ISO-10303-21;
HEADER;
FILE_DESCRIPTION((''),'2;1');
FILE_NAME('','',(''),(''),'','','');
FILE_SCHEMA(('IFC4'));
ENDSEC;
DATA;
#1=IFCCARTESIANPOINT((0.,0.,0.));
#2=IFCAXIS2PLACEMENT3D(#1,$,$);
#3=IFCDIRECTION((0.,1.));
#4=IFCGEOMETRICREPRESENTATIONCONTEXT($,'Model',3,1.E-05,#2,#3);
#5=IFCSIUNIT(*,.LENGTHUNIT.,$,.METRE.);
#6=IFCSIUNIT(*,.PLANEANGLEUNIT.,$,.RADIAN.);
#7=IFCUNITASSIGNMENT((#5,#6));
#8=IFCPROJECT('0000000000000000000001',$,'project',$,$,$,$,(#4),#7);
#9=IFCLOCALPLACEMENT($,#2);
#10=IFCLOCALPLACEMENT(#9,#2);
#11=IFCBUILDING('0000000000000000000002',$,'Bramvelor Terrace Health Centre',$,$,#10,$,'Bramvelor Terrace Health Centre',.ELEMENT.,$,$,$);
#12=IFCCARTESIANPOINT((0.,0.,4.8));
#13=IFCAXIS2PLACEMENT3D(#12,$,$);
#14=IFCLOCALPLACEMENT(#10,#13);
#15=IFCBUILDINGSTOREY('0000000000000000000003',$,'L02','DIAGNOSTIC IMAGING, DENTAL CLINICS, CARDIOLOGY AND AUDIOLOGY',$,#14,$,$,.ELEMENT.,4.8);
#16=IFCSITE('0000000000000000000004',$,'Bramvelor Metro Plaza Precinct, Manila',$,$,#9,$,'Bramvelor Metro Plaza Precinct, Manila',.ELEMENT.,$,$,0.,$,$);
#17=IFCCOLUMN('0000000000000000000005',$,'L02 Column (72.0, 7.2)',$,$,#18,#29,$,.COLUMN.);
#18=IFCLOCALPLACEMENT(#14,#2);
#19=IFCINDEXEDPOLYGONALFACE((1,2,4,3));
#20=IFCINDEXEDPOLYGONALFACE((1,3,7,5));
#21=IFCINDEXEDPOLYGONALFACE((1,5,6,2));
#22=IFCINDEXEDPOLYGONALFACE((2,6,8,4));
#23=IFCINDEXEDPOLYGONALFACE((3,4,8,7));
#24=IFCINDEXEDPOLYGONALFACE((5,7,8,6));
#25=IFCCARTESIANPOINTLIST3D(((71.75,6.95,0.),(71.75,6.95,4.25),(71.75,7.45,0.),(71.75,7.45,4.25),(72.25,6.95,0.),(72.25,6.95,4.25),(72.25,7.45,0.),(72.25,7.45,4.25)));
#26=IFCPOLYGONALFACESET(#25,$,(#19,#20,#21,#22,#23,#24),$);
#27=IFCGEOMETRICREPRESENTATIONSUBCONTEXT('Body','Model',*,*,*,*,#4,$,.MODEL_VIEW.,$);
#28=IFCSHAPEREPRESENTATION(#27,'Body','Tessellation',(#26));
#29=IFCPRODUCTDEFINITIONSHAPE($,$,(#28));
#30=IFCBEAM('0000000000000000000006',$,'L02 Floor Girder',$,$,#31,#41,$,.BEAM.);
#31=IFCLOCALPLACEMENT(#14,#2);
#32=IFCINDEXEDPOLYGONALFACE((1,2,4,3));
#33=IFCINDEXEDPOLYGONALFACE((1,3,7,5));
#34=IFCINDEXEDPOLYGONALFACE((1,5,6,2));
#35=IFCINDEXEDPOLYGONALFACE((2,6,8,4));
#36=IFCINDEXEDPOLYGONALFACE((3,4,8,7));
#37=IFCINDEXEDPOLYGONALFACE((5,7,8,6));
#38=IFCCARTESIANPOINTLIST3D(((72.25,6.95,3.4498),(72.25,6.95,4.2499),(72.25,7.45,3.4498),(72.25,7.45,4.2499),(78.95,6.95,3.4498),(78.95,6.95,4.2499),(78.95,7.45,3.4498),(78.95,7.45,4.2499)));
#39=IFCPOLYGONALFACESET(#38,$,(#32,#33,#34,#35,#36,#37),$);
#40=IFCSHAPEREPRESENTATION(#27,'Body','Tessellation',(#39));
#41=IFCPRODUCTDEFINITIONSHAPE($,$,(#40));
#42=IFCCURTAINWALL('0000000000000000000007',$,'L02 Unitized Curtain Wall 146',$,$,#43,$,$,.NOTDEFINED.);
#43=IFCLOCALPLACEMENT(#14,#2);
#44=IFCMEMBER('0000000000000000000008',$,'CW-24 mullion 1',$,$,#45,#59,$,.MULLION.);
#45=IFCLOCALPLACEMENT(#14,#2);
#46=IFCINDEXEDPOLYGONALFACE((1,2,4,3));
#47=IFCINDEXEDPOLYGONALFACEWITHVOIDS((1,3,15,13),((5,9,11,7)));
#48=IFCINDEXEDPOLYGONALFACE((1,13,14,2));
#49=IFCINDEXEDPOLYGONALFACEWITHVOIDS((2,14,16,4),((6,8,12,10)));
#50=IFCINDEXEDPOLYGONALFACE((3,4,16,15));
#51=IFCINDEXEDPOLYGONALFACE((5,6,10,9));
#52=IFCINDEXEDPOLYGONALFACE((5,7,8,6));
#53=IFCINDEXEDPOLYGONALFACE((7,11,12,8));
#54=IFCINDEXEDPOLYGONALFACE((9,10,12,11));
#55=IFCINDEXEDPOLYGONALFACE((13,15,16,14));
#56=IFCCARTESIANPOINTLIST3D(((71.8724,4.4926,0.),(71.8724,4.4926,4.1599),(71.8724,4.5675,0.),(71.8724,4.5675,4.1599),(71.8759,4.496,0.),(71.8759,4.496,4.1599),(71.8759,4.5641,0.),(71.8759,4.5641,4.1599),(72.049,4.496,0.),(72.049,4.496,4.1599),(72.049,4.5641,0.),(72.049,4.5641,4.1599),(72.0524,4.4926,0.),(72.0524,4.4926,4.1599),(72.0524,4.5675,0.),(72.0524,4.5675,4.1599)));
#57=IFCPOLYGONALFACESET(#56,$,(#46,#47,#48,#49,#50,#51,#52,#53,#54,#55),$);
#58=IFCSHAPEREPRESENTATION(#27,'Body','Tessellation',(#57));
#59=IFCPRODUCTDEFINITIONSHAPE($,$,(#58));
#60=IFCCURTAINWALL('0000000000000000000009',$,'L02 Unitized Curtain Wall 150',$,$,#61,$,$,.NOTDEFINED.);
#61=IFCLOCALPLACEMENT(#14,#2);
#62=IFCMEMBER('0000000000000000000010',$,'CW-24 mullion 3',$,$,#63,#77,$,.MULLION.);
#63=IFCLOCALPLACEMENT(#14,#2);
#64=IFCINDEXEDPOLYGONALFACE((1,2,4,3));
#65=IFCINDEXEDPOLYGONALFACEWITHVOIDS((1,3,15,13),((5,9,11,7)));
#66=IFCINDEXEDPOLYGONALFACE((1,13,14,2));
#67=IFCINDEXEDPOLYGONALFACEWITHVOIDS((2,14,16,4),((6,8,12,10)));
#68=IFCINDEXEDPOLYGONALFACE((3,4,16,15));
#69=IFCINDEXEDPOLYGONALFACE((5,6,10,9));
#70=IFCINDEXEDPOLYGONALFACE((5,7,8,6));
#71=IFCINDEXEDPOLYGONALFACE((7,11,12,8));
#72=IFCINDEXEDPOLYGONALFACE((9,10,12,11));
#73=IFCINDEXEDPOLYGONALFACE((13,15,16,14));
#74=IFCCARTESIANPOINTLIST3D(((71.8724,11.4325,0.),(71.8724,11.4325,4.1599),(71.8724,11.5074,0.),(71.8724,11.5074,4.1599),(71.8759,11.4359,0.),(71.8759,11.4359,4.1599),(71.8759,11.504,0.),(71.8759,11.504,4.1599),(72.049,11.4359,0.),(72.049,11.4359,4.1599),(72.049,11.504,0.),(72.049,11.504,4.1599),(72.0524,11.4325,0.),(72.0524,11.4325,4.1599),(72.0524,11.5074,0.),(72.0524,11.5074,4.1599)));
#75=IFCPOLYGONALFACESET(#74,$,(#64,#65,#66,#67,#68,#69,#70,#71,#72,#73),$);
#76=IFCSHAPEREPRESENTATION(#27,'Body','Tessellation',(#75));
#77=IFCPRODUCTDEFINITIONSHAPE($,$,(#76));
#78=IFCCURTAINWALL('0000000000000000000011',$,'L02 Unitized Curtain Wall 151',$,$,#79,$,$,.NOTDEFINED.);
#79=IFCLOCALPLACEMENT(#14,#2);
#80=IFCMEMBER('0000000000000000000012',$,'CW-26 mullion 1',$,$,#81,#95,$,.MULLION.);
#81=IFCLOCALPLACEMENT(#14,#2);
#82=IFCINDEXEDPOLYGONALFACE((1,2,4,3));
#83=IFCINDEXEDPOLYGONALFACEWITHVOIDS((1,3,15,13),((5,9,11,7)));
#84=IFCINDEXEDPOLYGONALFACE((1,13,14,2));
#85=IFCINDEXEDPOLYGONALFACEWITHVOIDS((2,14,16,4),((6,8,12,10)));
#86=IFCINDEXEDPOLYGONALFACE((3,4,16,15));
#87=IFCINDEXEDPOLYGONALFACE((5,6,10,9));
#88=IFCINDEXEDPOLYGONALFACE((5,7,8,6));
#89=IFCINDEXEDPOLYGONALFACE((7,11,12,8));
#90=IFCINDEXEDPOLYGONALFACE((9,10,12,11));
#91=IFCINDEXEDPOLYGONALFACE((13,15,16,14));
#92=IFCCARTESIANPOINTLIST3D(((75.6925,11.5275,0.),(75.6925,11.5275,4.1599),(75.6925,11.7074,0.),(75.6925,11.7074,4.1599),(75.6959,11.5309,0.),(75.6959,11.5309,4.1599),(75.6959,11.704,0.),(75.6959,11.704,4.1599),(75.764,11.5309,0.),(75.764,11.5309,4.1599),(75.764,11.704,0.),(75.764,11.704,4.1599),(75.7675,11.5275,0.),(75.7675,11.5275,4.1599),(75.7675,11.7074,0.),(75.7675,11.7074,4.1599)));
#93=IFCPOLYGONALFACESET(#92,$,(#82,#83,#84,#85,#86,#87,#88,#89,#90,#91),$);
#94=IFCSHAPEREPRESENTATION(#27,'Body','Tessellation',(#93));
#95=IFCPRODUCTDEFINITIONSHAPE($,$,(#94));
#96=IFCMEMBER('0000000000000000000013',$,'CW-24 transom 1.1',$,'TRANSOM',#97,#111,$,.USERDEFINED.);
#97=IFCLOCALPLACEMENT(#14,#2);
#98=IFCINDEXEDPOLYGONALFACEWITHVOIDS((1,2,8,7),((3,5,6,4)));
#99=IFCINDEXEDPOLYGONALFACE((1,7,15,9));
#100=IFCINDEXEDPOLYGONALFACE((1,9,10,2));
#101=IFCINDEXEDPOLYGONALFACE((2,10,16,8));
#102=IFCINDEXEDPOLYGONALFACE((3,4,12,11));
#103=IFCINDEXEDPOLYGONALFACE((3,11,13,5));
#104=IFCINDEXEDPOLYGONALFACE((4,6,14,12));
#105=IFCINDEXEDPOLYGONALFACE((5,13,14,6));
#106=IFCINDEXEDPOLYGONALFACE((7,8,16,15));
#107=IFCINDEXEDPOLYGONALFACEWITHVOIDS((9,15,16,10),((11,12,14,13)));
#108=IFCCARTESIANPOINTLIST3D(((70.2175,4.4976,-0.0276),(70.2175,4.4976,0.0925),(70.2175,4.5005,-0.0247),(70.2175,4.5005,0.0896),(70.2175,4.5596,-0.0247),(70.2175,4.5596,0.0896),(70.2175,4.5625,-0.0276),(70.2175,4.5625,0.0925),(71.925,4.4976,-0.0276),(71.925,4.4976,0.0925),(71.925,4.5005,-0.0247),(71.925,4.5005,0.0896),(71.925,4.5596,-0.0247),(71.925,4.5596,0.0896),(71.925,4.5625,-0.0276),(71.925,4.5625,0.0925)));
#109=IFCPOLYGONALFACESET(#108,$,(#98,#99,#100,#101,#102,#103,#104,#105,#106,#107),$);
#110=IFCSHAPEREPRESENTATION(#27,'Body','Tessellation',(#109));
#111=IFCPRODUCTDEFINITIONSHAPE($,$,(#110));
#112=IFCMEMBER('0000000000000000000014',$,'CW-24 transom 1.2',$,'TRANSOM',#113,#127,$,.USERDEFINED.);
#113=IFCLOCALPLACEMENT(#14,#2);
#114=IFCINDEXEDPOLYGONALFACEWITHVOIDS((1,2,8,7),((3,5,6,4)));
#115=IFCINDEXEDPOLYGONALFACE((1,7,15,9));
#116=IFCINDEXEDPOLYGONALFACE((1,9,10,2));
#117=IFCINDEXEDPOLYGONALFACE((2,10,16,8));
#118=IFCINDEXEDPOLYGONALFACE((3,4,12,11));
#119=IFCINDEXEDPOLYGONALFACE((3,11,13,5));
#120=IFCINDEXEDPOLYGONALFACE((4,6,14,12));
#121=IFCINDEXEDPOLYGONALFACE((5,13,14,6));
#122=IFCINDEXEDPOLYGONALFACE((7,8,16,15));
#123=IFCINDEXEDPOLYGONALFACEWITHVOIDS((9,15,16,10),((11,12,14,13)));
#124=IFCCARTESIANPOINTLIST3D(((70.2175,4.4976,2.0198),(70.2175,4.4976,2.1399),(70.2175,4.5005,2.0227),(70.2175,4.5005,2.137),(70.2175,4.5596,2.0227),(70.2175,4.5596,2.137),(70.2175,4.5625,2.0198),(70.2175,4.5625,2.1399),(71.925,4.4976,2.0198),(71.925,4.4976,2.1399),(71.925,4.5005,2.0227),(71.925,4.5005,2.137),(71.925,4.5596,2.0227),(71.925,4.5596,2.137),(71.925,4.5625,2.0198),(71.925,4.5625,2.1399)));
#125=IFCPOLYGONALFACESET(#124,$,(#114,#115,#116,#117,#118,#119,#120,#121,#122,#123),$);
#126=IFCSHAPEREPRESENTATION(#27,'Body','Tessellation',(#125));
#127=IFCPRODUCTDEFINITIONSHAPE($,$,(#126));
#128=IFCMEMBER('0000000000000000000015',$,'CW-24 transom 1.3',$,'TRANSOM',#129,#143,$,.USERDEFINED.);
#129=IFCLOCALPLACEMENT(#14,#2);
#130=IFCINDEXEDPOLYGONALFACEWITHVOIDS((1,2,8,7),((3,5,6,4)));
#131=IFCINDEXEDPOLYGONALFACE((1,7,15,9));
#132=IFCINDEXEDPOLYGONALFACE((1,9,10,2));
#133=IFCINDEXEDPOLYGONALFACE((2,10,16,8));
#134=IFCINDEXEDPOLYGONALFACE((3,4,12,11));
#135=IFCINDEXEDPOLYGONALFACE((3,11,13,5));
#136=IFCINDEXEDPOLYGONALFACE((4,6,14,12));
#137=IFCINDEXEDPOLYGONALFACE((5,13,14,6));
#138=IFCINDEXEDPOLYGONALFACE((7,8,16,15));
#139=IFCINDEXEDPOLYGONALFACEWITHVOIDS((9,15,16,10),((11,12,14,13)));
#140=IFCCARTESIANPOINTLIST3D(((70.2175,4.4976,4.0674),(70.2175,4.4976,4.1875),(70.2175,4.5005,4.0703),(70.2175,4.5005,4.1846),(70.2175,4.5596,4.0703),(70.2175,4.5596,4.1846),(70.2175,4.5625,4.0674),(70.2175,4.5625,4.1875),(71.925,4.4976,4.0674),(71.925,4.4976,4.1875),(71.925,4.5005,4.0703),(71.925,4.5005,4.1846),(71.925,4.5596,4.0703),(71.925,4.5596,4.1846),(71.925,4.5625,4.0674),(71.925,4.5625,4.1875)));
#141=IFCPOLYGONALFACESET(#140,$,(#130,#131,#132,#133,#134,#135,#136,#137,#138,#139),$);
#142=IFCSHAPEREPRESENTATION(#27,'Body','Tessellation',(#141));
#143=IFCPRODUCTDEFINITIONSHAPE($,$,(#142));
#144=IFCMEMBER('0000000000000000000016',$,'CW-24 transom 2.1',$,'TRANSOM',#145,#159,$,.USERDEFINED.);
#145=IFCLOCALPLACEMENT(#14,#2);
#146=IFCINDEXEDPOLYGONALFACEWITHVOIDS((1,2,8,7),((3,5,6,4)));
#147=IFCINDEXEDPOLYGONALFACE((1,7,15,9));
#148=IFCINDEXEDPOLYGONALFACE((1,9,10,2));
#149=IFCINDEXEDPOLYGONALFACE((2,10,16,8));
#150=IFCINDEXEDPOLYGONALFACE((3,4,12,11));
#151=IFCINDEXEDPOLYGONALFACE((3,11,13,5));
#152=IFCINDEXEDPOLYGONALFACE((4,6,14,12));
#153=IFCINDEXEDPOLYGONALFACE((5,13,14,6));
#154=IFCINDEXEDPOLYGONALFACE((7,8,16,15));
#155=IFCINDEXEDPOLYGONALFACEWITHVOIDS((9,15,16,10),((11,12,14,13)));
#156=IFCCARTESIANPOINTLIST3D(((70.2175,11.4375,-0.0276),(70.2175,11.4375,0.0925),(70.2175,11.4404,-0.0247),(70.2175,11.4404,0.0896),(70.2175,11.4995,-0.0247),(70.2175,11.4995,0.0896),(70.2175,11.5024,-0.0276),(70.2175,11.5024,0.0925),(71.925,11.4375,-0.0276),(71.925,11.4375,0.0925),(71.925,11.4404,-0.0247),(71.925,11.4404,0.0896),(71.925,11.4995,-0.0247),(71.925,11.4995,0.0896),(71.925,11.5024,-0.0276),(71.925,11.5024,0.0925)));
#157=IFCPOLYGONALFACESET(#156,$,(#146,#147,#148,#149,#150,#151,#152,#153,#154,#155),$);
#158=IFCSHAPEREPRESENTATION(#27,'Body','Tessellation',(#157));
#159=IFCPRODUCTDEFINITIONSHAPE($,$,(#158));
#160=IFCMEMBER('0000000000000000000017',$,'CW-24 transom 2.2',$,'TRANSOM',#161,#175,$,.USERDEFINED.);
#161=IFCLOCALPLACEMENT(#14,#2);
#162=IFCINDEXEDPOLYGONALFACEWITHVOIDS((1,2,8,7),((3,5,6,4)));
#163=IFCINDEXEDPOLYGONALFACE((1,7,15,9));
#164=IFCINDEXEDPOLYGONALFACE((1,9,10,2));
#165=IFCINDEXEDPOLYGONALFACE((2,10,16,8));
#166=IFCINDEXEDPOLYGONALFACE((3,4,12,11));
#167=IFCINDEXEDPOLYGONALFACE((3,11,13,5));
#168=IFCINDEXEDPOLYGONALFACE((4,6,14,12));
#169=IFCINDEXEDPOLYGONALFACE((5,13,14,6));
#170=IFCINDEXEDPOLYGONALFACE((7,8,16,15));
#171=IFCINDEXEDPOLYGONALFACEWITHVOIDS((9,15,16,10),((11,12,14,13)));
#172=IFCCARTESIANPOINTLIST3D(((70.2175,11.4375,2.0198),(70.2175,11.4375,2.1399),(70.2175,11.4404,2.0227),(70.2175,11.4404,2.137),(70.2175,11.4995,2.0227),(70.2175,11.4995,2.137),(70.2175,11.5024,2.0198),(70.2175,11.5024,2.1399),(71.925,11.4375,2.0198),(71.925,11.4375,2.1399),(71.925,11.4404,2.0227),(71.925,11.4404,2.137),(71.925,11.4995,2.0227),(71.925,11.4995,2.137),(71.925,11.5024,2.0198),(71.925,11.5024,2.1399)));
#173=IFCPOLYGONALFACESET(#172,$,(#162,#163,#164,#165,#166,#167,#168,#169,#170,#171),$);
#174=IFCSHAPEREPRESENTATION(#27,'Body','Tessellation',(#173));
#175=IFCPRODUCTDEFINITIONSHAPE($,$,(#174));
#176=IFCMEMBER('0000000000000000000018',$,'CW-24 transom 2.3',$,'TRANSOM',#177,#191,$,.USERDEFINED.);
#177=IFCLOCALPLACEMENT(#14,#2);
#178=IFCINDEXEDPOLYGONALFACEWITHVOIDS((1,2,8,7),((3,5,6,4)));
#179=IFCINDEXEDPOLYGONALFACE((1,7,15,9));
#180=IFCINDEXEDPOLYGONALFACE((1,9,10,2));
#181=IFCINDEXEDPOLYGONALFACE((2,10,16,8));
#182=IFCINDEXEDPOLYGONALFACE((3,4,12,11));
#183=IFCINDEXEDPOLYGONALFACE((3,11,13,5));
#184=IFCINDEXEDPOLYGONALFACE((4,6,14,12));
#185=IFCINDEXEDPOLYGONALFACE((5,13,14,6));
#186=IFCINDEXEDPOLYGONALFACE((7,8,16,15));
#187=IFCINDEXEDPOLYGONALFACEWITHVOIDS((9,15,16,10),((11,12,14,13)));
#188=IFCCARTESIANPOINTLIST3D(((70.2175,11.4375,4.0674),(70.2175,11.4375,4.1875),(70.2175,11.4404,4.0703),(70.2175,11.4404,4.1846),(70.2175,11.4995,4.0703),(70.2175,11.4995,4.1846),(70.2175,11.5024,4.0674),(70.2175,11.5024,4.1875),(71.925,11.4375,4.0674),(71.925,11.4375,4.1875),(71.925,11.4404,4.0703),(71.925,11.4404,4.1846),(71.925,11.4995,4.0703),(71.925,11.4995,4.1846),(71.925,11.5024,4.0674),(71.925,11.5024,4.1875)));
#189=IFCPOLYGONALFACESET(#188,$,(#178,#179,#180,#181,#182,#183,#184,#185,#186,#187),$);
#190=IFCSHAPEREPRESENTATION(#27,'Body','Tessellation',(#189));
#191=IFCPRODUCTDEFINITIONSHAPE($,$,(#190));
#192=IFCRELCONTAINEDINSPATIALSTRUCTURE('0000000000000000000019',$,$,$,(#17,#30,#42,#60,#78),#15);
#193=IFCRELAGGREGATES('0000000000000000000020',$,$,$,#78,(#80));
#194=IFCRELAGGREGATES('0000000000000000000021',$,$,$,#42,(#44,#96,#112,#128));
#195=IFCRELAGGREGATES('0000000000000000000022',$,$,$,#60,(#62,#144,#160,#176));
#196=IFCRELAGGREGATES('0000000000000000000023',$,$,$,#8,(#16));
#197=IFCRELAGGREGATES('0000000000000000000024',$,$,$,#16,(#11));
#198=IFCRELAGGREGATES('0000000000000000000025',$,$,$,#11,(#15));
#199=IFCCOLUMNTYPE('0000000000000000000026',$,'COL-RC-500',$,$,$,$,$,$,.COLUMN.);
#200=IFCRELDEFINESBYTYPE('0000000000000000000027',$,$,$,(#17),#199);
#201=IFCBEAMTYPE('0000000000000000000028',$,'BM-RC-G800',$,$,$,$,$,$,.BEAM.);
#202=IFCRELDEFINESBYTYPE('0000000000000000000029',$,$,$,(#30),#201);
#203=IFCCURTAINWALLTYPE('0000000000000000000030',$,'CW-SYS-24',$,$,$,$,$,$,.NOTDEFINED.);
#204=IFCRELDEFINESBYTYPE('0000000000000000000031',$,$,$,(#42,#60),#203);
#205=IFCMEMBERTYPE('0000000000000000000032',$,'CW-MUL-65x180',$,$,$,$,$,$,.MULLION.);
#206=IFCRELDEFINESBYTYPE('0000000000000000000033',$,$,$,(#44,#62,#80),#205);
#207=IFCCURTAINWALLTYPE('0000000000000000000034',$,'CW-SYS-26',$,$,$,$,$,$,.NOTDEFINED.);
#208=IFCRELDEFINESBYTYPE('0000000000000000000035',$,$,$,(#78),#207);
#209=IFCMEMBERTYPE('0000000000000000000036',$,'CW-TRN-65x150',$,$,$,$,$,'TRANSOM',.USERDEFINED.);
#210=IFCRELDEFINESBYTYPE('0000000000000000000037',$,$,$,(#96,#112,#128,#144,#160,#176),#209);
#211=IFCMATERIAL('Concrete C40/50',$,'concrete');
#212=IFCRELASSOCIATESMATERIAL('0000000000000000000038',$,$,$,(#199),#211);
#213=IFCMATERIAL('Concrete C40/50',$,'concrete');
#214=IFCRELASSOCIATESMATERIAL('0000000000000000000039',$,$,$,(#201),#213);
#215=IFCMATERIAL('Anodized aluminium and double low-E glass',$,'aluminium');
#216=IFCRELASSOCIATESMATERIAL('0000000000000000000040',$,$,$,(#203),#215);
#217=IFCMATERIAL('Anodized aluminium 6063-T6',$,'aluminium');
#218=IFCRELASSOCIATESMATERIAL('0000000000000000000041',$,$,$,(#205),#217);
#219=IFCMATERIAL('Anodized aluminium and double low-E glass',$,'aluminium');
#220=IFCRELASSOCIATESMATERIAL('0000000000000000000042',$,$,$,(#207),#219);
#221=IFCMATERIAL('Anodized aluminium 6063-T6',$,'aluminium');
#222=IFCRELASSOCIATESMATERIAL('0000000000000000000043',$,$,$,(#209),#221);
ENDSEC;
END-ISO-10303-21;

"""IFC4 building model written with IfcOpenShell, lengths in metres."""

from ifc_helpers import new_model, si_unit, direction, frame, origin, origin_2d, place, context, subcontext, project, spatial, rectangle, hollow_rectangle, extrude, material, material_profile, profile_set, type_object, element, aggregate, save


model = new_model("IFC4")

# Units and contexts
model_context = context("Model", 3, precision=1e-05, world=origin(), true_north=direction((0.0, 1.0)))
body_context = subcontext(model_context, "Body", "Model", "MODEL_VIEW")
ifc_project = project(units=[si_unit("LENGTHUNIT", "METRE"), si_unit("PLANEANGLEUNIT", "RADIAN")], contexts=[model_context])

# Site, building, storey
site_placement = place(None, origin())
site = spatial("IfcSite", under=ifc_project, at=site_placement, Name="Bramvelor Metro Plaza Precinct, Manila", LongName="Bramvelor Metro Plaza Precinct, Manila", CompositionType="ELEMENT", RefElevation=0.0)
building_placement = place(site_placement, origin())
building = spatial("IfcBuilding", under=site, at=building_placement, Name="Bramvelor Terrace Health Centre", LongName="Bramvelor Terrace Health Centre", CompositionType="ELEMENT")
storey_placement = place(building_placement, frame((0.0, 0.0, 4.8)))
storey = spatial("IfcBuildingStorey", under=building, at=storey_placement, Name="L02", Description="DIAGNOSTIC IMAGING, DENTAL CLINICS, CARDIOLOGY AND AUDIOLOGY", CompositionType="ELEMENT", Elevation=4.8)

# Column
ifc_material_1 = material(Name="Concrete C40/50", Category="concrete")
ifc_material_profile_1 = material_profile(ifc_material_1, rectangle(XDim=0.5, YDim=0.5, at=origin_2d()), Name="RC 500x500")
ifc_profile_set_1 = profile_set([ifc_material_profile_1], Name="Concrete C40/50")
column_type = type_object("IfcColumnType", Name="COL-RC-500", PredefinedType="COLUMN", material=ifc_profile_set_1)
column_placement = place(storey_placement, frame((72.0, 7.2, 0.0), z_axis=(0.0, 0.0, 1.0), x_axis=(1.0, 0.0, 0.0)))
element("IfcColumn", 1, at=column_placement, inside=storey, type_object=column_type, Name="L02 Column (72.0, 7.2)", PredefinedType="COLUMN", context=body_context, shape_type="SweptSolid", body=[
    extrude(rectangle(XDim=0.5, YDim=0.5, at=origin_2d()), origin(), (0.0, 0.0, 1.0), 4.25),
])

# Beam
ifc_material_2 = material(Name="Concrete C40/50", Category="concrete")
ifc_material_profile_2 = material_profile(ifc_material_2, rectangle(XDim=0.5, YDim=0.8, at=origin_2d()), Name="RC 500x800")
ifc_profile_set_2 = profile_set([ifc_material_profile_2], Name="Concrete C40/50")
beam_type = type_object("IfcBeamType", Name="BM-RC-G800", PredefinedType="BEAM", material=ifc_profile_set_2)
beam_placement = place(storey_placement, frame((72.25, 7.2, 3.8499), z_axis=(1.0, 0.0, 0.0), x_axis=(0.0, 1.0, 0.0)))
element("IfcBeam", 2, at=beam_placement, inside=storey, type_object=beam_type, Name="L02 Floor Girder", PredefinedType="BEAM", context=body_context, shape_type="SweptSolid", body=[
    extrude(rectangle(XDim=0.5, YDim=0.8, at=origin_2d()), origin(), (0.0, 0.0, 1.0), 6.7),
])

# Curtain walls, members
ifc_material_3 = material(Name="Anodized aluminium and double low-E glass", Category="aluminium")
curtain_wall_type_1 = type_object("IfcCurtainWallType", Name="CW-SYS-24", PredefinedType="NOTDEFINED", material=ifc_material_3)
curtain_wall_1_placement = place(storey_placement, origin())
curtain_wall_1 = element("IfcCurtainWall", 3, at=curtain_wall_1_placement, inside=storey, type_object=curtain_wall_type_1, Name="L02 Unitized Curtain Wall 146", PredefinedType="NOTDEFINED")
ifc_material_4 = material(Name="Anodized aluminium 6063-T6", Category="aluminium")
ifc_material_profile_3 = material_profile(ifc_material_4, hollow_rectangle(XDim=0.075, YDim=0.1799, WallThickness=0.0034, at=origin_2d()), Name="ALU-MUL 75x180x3.5")
ifc_profile_set_3 = profile_set([ifc_material_profile_3], Name="Anodized aluminium 6063-T6")
member_type_1 = type_object("IfcMemberType", Name="CW-MUL-65x180", PredefinedType="MULLION", material=ifc_profile_set_3)
member_1_placement = place(storey_placement, frame((71.9624, 4.53, 0.0), z_axis=(0.0, 0.0, 1.0), x_axis=(0.0, -1.0, 0.0)))
member_1 = element("IfcMember", 4, at=member_1_placement, type_object=member_type_1, Name="CW-24 mullion 1", PredefinedType="MULLION", context=body_context, shape_type="SweptSolid", body=[
    extrude(hollow_rectangle(XDim=0.075, YDim=0.1799, WallThickness=0.0034, at=origin_2d()), origin(), (0.0, 0.0, 1.0), 4.1599),
])
curtain_wall_2_placement = place(storey_placement, origin())
curtain_wall_2 = element("IfcCurtainWall", 5, at=curtain_wall_2_placement, inside=storey, type_object=curtain_wall_type_1, Name="L02 Unitized Curtain Wall 150", PredefinedType="NOTDEFINED")
member_2_placement = place(storey_placement, frame((71.9624, 11.47, 0.0), z_axis=(0.0, 0.0, 1.0), x_axis=(0.0, 1.0, 0.0)))
member_2 = element("IfcMember", 6, at=member_2_placement, type_object=member_type_1, Name="CW-24 mullion 3", PredefinedType="MULLION", context=body_context, shape_type="SweptSolid", body=[
    extrude(hollow_rectangle(XDim=0.075, YDim=0.1799, WallThickness=0.0034, at=origin_2d()), origin(), (0.0, 0.0, 1.0), 4.1599),
])
ifc_material_5 = material(Name="Anodized aluminium and double low-E glass", Category="aluminium")
curtain_wall_type_2 = type_object("IfcCurtainWallType", Name="CW-SYS-26", PredefinedType="NOTDEFINED", material=ifc_material_5)
curtain_wall_3_placement = place(storey_placement, origin())
curtain_wall_3 = element("IfcCurtainWall", 7, at=curtain_wall_3_placement, inside=storey, type_object=curtain_wall_type_2, Name="L02 Unitized Curtain Wall 151", PredefinedType="NOTDEFINED")
member_3_placement = place(storey_placement, frame((75.73, 11.6174, 0.0), z_axis=(0.0, 0.0, 1.0), x_axis=(-1.0, 0.0, 0.0)))
member_3 = element("IfcMember", 8, at=member_3_placement, type_object=member_type_1, Name="CW-26 mullion 1", PredefinedType="MULLION", context=body_context, shape_type="SweptSolid", body=[
    extrude(hollow_rectangle(XDim=0.075, YDim=0.1799, WallThickness=0.0034, at=origin_2d()), origin(), (0.0, 0.0, 1.0), 4.1599),
])

# Members
ifc_material_6 = material(Name="Anodized aluminium 6063-T6", Category="aluminium")
ifc_material_profile_4 = material_profile(ifc_material_6, hollow_rectangle(XDim=0.0649, YDim=0.1201, WallThickness=0.0029, at=origin_2d()), Name="ALU-TRN 65x120x3.0")
ifc_profile_set_4 = profile_set([ifc_material_profile_4], Name="Anodized aluminium 6063-T6")
member_type_2 = type_object("IfcMemberType", Name="CW-TRN-65x150", ElementType="TRANSOM", PredefinedType="USERDEFINED", material=ifc_profile_set_4)
member_4_placement = place(storey_placement, frame((71.925, 4.53, 0.0325), z_axis=(-1.0, 0.0, 0.0), x_axis=(0.0, -1.0, 0.0)))
member_4 = element("IfcMember", 9, at=member_4_placement, type_object=member_type_2, Name="CW-24 transom 1.1", ObjectType="TRANSOM", PredefinedType="USERDEFINED", context=body_context, shape_type="SweptSolid", body=[
    extrude(hollow_rectangle(XDim=0.0649, YDim=0.1201, WallThickness=0.0029, at=origin_2d()), origin(), (0.0, 0.0, 1.0), 1.7075),
])
member_5_placement = place(storey_placement, frame((71.925, 4.53, 2.0798), z_axis=(-1.0, 0.0, 0.0), x_axis=(0.0, -1.0, 0.0)))
member_5 = element("IfcMember", 10, at=member_5_placement, type_object=member_type_2, Name="CW-24 transom 1.2", ObjectType="TRANSOM", PredefinedType="USERDEFINED", context=body_context, shape_type="SweptSolid", body=[
    extrude(hollow_rectangle(XDim=0.0649, YDim=0.1201, WallThickness=0.0029, at=origin_2d()), origin(), (0.0, 0.0, 1.0), 1.7075),
])
member_6_placement = place(storey_placement, frame((71.925, 4.53, 4.1274), z_axis=(-1.0, 0.0, 0.0), x_axis=(0.0, -1.0, 0.0)))
member_6 = element("IfcMember", 11, at=member_6_placement, type_object=member_type_2, Name="CW-24 transom 1.3", ObjectType="TRANSOM", PredefinedType="USERDEFINED", context=body_context, shape_type="SweptSolid", body=[
    extrude(hollow_rectangle(XDim=0.0649, YDim=0.1201, WallThickness=0.0029, at=origin_2d()), origin(), (0.0, 0.0, 1.0), 1.7075),
])
member_7_placement = place(storey_placement, frame((70.2175, 11.47, 0.0325), z_axis=(1.0, 0.0, 0.0), x_axis=(0.0, 1.0, 0.0)))
member_7 = element("IfcMember", 12, at=member_7_placement, type_object=member_type_2, Name="CW-24 transom 2.1", ObjectType="TRANSOM", PredefinedType="USERDEFINED", context=body_context, shape_type="SweptSolid", body=[
    extrude(hollow_rectangle(XDim=0.0649, YDim=0.1201, WallThickness=0.0029, at=origin_2d()), origin(), (0.0, 0.0, 1.0), 1.7075),
])
member_8_placement = place(storey_placement, frame((70.2175, 11.47, 2.0798), z_axis=(1.0, 0.0, 0.0), x_axis=(0.0, 1.0, 0.0)))
member_8 = element("IfcMember", 13, at=member_8_placement, type_object=member_type_2, Name="CW-24 transom 2.2", ObjectType="TRANSOM", PredefinedType="USERDEFINED", context=body_context, shape_type="SweptSolid", body=[
    extrude(hollow_rectangle(XDim=0.0649, YDim=0.1201, WallThickness=0.0029, at=origin_2d()), origin(), (0.0, 0.0, 1.0), 1.7075),
])
member_9_placement = place(storey_placement, frame((70.2175, 11.47, 4.1274), z_axis=(1.0, 0.0, 0.0), x_axis=(0.0, 1.0, 0.0)))
member_9 = element("IfcMember", 14, at=member_9_placement, type_object=member_type_2, Name="CW-24 transom 2.3", ObjectType="TRANSOM", PredefinedType="USERDEFINED", context=body_context, shape_type="SweptSolid", body=[
    extrude(hollow_rectangle(XDim=0.0649, YDim=0.1201, WallThickness=0.0029, at=origin_2d()), origin(), (0.0, 0.0, 1.0), 1.7075),
])
aggregate(curtain_wall_3, [member_3])

aggregate(curtain_wall_1, [member_1, member_4, member_5, member_6])
aggregate(curtain_wall_2, [member_2, member_7, member_8, member_9])

save(model, "model.ifc")
